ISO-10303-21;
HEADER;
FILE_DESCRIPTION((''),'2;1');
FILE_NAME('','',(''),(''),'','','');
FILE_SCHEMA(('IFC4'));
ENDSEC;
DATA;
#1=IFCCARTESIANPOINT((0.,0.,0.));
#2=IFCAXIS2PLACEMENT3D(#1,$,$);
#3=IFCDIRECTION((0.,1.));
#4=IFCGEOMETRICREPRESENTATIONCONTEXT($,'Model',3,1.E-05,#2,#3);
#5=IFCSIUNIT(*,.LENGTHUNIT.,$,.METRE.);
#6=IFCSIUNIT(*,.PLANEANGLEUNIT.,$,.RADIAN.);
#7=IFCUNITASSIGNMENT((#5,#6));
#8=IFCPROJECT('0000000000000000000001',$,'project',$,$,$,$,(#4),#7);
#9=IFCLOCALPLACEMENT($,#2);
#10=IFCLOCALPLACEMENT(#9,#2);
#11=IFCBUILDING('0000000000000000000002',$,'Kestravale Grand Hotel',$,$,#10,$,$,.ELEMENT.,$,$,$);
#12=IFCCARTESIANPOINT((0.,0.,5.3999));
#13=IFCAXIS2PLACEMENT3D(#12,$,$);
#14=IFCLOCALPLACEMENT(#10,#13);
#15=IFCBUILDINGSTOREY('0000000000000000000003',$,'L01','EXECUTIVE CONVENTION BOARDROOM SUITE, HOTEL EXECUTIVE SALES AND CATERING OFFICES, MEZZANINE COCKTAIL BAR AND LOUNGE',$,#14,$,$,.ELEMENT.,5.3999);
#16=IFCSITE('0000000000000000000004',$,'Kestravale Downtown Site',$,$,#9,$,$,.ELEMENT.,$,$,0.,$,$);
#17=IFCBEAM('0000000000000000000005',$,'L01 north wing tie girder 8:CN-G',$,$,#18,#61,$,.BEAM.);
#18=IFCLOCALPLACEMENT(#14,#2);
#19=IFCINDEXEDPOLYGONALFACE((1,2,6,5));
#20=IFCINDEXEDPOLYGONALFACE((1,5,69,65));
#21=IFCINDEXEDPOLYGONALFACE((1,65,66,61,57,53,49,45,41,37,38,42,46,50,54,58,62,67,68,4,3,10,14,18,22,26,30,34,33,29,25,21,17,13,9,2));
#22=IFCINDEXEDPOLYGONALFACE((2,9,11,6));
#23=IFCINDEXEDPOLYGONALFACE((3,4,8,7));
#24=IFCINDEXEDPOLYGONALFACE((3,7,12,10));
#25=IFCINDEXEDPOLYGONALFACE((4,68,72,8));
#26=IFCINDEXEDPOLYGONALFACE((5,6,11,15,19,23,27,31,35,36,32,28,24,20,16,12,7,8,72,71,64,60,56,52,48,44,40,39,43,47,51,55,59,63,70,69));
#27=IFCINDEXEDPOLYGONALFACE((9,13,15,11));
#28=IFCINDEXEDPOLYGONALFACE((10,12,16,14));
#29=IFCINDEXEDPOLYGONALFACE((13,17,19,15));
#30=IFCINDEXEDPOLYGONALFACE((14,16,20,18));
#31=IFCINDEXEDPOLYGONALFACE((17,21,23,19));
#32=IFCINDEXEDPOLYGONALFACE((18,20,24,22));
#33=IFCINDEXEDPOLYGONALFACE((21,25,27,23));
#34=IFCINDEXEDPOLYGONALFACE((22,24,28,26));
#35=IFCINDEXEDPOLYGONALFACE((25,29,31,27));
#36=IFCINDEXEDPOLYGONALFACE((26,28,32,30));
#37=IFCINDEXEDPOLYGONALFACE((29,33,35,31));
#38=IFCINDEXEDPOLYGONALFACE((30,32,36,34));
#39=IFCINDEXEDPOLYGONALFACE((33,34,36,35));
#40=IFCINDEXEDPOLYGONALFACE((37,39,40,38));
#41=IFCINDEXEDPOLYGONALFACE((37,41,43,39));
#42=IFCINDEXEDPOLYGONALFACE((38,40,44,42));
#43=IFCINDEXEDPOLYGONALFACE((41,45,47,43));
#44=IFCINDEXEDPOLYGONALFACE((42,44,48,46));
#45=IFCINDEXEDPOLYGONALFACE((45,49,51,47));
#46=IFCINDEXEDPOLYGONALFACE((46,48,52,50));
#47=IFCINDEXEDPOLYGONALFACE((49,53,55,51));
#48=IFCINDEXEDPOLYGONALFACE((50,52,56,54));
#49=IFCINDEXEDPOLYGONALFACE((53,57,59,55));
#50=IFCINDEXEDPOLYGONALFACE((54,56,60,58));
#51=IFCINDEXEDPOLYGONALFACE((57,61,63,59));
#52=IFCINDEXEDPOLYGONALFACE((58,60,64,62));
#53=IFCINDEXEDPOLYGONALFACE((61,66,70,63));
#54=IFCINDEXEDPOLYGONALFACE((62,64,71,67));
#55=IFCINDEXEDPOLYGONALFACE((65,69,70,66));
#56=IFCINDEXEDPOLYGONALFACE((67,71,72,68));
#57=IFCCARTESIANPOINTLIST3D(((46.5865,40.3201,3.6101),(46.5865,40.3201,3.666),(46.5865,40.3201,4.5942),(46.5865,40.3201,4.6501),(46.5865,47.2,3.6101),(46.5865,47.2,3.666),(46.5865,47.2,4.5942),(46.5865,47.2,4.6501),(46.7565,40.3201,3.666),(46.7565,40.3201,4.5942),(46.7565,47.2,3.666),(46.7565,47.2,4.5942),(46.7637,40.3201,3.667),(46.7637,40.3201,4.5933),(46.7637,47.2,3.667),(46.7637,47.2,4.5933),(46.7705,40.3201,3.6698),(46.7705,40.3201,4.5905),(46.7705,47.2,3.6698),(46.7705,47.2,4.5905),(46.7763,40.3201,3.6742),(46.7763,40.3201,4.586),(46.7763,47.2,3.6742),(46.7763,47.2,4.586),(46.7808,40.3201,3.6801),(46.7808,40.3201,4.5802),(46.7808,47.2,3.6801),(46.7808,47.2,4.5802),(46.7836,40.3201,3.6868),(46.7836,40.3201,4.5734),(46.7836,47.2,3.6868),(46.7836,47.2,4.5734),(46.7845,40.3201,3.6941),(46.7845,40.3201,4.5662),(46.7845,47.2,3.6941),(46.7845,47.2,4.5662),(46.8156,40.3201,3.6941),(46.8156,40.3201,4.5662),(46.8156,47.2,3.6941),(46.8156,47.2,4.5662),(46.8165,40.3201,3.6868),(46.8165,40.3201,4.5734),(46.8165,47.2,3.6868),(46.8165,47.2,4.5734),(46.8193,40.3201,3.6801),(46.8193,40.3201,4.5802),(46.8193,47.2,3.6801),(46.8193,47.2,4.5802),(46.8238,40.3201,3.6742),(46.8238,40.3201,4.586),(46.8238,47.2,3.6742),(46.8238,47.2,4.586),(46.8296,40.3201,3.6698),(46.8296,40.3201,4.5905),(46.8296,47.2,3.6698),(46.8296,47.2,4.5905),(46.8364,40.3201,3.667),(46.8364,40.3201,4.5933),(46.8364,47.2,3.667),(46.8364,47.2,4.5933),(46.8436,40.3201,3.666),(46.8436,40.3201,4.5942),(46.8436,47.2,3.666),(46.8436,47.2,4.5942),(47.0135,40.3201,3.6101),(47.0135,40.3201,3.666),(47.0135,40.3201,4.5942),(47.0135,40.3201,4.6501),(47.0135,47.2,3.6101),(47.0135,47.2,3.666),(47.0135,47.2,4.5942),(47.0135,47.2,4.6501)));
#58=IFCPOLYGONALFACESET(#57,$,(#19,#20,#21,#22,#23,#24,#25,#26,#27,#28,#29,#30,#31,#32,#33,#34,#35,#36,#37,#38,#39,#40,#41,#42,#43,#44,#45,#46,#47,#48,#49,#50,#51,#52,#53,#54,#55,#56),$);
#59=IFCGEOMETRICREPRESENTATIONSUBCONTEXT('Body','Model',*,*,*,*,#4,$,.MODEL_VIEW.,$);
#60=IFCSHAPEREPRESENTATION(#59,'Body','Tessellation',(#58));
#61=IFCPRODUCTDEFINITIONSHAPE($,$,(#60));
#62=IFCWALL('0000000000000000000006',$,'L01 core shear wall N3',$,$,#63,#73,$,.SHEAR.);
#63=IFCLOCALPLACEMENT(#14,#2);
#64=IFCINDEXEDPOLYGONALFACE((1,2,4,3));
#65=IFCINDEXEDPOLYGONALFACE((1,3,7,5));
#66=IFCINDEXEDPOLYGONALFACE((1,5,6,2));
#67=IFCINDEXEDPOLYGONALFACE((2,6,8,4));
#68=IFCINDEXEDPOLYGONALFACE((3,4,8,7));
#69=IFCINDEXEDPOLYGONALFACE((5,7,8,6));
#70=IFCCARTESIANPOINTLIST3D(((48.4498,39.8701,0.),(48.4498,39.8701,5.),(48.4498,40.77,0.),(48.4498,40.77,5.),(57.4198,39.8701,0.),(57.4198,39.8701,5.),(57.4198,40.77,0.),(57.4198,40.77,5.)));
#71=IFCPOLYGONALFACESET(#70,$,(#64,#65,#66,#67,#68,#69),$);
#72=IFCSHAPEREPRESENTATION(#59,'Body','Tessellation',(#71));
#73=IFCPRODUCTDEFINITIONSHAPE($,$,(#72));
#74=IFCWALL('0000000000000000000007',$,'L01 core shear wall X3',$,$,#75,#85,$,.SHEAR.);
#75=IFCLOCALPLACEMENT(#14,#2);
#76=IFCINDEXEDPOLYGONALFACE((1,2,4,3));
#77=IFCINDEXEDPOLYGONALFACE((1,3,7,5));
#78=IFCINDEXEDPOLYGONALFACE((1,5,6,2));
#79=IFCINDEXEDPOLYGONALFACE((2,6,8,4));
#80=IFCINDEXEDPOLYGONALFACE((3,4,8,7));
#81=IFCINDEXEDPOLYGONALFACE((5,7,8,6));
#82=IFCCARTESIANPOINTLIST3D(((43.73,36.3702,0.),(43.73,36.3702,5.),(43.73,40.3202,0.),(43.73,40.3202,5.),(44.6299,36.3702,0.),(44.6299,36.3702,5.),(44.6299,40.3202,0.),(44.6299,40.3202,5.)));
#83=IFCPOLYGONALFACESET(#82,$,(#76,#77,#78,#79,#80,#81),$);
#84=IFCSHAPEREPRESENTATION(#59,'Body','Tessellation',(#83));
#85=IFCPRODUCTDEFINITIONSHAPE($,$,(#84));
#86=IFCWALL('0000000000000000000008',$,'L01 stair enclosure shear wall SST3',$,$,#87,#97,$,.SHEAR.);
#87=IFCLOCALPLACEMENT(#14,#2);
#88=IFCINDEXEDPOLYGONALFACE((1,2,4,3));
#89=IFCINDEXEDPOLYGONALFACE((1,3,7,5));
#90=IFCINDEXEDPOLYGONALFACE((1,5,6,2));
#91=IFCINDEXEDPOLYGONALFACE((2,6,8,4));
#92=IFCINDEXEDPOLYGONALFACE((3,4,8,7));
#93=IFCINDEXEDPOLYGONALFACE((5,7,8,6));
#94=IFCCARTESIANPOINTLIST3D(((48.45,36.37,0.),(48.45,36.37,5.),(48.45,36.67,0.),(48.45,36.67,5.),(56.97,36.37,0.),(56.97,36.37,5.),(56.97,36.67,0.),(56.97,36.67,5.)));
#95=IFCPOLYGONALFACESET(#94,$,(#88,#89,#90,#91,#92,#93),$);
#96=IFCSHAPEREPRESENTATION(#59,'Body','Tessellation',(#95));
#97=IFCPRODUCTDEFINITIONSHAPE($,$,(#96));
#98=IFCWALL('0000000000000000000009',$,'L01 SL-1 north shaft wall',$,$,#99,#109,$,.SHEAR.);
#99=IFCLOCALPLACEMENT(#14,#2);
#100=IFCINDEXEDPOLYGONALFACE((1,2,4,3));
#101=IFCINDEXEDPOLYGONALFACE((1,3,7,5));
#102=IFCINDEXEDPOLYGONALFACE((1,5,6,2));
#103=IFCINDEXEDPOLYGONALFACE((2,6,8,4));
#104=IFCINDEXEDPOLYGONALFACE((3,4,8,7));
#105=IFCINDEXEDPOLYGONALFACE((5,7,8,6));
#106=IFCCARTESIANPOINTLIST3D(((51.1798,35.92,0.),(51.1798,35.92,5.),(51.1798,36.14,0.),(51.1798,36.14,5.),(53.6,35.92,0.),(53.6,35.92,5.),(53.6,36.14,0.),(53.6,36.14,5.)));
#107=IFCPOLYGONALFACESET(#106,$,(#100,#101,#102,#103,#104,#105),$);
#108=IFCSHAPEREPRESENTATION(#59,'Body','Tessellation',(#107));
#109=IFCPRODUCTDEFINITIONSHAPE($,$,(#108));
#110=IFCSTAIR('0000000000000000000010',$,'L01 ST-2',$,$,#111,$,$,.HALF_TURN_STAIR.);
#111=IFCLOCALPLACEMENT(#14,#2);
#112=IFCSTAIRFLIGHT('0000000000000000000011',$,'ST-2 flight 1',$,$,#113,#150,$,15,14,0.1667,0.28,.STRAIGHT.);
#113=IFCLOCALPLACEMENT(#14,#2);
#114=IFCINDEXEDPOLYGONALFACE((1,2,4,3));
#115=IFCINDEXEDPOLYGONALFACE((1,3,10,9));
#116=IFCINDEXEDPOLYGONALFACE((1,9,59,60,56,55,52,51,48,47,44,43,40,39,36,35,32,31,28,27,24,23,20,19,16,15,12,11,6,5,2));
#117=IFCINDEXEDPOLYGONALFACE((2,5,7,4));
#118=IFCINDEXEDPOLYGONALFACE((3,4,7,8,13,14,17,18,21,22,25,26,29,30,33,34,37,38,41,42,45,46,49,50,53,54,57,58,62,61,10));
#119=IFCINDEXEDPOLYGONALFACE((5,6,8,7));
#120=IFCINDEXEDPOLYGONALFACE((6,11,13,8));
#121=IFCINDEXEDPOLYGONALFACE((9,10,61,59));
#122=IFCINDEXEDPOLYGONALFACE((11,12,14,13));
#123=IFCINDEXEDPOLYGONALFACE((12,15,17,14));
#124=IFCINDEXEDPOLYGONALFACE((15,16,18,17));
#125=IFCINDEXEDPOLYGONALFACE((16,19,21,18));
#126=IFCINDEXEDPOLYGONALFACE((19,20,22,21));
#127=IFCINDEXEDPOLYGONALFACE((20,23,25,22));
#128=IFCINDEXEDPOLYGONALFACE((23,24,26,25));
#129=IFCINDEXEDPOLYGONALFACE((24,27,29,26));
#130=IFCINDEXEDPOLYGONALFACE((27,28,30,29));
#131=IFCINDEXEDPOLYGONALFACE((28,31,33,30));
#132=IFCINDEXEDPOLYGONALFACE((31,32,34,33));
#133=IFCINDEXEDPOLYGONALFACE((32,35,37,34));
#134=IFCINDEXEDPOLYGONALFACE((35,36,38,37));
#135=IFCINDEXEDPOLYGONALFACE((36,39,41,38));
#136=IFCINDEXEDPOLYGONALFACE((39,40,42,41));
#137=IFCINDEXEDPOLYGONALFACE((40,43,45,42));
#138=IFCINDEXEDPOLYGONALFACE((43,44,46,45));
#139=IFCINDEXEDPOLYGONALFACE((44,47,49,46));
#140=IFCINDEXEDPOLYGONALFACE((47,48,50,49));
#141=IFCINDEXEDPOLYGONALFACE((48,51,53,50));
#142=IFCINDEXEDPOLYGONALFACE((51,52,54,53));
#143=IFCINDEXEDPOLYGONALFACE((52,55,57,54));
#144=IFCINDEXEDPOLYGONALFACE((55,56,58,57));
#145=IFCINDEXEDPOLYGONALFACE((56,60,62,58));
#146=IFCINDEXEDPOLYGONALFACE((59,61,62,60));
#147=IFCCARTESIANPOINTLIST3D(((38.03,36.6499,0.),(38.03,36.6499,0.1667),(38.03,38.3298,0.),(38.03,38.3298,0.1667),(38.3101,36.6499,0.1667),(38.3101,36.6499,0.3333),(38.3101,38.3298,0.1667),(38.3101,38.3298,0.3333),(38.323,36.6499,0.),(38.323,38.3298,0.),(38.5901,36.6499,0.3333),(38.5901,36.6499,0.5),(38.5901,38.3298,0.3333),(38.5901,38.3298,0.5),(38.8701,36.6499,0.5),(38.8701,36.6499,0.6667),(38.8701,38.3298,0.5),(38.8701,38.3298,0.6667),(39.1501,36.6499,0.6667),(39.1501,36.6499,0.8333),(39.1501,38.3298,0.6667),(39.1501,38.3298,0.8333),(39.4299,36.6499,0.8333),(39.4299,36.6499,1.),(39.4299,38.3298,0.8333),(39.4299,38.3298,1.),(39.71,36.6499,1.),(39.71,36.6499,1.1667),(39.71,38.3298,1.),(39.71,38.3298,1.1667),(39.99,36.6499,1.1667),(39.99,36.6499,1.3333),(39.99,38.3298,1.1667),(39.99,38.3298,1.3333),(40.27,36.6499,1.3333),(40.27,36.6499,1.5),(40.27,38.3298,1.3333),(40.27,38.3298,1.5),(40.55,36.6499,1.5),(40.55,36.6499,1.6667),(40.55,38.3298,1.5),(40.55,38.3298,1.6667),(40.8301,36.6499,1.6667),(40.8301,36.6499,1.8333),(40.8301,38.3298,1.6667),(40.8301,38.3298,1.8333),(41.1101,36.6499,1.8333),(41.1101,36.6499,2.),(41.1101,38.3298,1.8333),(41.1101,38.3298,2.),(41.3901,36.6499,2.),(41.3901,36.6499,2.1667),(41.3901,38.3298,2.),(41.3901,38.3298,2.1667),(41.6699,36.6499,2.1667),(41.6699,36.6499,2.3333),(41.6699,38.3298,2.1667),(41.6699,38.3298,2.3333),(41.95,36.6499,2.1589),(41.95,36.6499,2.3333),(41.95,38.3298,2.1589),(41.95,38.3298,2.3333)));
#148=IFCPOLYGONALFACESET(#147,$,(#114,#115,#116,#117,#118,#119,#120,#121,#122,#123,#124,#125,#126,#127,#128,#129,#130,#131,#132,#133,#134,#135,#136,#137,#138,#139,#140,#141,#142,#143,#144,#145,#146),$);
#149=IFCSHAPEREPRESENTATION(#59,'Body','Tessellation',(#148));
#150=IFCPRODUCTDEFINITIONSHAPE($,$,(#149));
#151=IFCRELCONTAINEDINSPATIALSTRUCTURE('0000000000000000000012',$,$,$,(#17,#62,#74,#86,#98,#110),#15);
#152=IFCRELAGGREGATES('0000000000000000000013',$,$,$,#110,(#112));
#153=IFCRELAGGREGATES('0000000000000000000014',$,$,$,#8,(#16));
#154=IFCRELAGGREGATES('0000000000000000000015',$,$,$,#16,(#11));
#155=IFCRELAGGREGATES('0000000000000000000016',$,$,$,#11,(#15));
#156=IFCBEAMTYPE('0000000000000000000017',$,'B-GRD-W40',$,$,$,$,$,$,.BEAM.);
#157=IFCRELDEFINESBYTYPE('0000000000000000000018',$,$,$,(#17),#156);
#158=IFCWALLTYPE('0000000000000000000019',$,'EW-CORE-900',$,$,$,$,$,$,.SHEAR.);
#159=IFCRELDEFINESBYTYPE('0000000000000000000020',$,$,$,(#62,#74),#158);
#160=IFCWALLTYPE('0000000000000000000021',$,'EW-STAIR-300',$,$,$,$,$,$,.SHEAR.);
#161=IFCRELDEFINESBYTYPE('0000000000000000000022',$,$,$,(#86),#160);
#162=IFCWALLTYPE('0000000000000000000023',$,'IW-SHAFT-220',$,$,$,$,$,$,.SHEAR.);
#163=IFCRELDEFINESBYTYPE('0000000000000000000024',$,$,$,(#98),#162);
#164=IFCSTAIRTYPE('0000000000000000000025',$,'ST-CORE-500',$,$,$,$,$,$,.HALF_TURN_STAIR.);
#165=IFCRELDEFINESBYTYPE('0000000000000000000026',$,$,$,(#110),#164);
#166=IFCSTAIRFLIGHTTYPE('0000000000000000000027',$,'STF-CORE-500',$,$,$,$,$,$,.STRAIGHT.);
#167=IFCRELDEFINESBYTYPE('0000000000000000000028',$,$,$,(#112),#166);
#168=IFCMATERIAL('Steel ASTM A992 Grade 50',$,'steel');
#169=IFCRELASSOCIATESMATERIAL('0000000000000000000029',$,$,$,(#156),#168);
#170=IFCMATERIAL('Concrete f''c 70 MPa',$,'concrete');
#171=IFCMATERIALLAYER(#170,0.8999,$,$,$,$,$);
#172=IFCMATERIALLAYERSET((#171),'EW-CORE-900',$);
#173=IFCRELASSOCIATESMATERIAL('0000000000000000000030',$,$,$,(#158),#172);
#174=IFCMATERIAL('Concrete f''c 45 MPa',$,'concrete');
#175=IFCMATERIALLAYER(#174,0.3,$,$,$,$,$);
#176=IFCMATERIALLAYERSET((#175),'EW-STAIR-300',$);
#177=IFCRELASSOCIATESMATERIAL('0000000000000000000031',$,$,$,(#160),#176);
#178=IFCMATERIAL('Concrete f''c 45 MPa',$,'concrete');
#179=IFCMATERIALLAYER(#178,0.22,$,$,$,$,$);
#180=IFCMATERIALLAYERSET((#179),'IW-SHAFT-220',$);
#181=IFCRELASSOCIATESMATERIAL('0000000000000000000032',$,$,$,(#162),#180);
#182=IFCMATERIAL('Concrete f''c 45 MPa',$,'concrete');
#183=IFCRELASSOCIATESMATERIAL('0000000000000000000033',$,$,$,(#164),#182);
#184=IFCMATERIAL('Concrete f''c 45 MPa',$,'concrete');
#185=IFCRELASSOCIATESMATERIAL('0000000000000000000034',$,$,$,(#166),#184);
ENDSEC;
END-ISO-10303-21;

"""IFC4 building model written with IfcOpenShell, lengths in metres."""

from ifc_helpers import new_model, si_unit, direction, frame, frame_2d, origin, origin_2d, place, context, subcontext, project, spatial, polyline, rectangle, i_section, outline, extrude, material, layer, layer_set, material_profile, profile_set, type_object, element, aggregate, save


model = new_model("IFC4")

# Units and contexts
model_context = context("Model", 3, precision=1e-05, world=origin(), true_north=direction((0.0, 1.0)))
body_context = subcontext(model_context, "Body", "Model", "MODEL_VIEW")
ifc_project = project(units=[si_unit("LENGTHUNIT", "METRE"), si_unit("PLANEANGLEUNIT", "RADIAN")], contexts=[model_context])

# Site, building, storey
site_placement = place(None, origin())
site = spatial("IfcSite", under=ifc_project, at=site_placement, Name="Kestravale Downtown Site", CompositionType="ELEMENT", RefElevation=0.0)
building_placement = place(site_placement, origin())
building = spatial("IfcBuilding", under=site, at=building_placement, Name="Kestravale Grand Hotel", CompositionType="ELEMENT")
storey_placement = place(building_placement, frame((0.0, 0.0, 5.3999)))
storey = spatial("IfcBuildingStorey", under=building, at=storey_placement, Name="L01", Description="EXECUTIVE CONVENTION BOARDROOM SUITE, HOTEL EXECUTIVE SALES AND CATERING OFFICES, MEZZANINE COCKTAIL BAR AND LOUNGE", CompositionType="ELEMENT", Elevation=5.3999)

# Beam
ifc_material_1 = material(Name="Steel ASTM A992 Grade 50", Category="steel")
ifc_material_profile_1 = material_profile(ifc_material_1, i_section(OverallWidth=0.427, OverallDepth=1.04, WebThickness=0.031, FlangeThickness=0.0559, FilletRadius=0.0281, at=origin_2d()))
ifc_profile_set_1 = profile_set([ifc_material_profile_1], Name="Steel ASTM A992 Grade 50")
beam_type_1 = type_object("IfcBeamType", Name="B-GRD-W40", PredefinedType="BEAM", material=ifc_profile_set_1)
beam_1_placement = place(storey_placement, frame((46.8, 40.3201, 4.1301), z_axis=(0.0, 1.0, 0.0), x_axis=(-1.0, 0.0, 0.0)))
element("IfcBeam", 1, at=beam_1_placement, inside=storey, type_object=beam_type_1, Name="L01 north wing tie girder 8:CN-G", PredefinedType="BEAM", context=body_context, shape_type="SweptSolid", body=[
    extrude(i_section(OverallWidth=0.427, OverallDepth=1.04, WebThickness=0.031, FlangeThickness=0.0559, FilletRadius=0.0281, at=origin_2d()), origin(), (0.0, 0.0, 1.0), 6.8799),
])

# Walls
ifc_material_2 = material(Name="Concrete f'c 70 MPa", Category="concrete")
ifc_layer_1 = layer(ifc_material_2, 0.8999)
ifc_layer_set_1 = layer_set([ifc_layer_1], Name="EW-CORE-900")
wall_type_1 = type_object("IfcWallType", Name="EW-CORE-900", PredefinedType="SHEAR", material=ifc_layer_set_1)
wall_1_placement = place(storey_placement, frame((48.45, 40.3201, 0.0), z_axis=(0.0, 0.0, 1.0), x_axis=(1.0, 0.0, 0.0)))
element("IfcWall", 2, at=wall_1_placement, inside=storey, type_object=wall_type_1, Name="L01 core shear wall N3", PredefinedType="SHEAR", context=body_context, shape_type="SweptSolid", body=[
    extrude(rectangle(XDim=8.97, YDim=0.8999, at=frame_2d((4.4849, 0.0))), origin(), (0.0, 0.0, 1.0), 5.0),
])
wall_2_placement = place(storey_placement, frame((44.1799, 36.3701, 0.0), z_axis=(0.0, 0.0, 1.0), x_axis=(0.0, 1.0, 0.0)))
element("IfcWall", 3, at=wall_2_placement, inside=storey, type_object=wall_type_1, Name="L01 core shear wall X3", PredefinedType="SHEAR", context=body_context, shape_type="SweptSolid", body=[
    extrude(rectangle(XDim=3.95, YDim=0.8999, at=frame_2d((1.9751, 0.0))), origin(), (0.0, 0.0, 1.0), 5.0),
])
ifc_material_3 = material(Name="Concrete f'c 45 MPa", Category="concrete")
ifc_layer_2 = layer(ifc_material_3, 0.3)
ifc_layer_set_2 = layer_set([ifc_layer_2], Name="EW-STAIR-300")
wall_type_2 = type_object("IfcWallType", Name="EW-STAIR-300", PredefinedType="SHEAR", material=ifc_layer_set_2)
wall_3_placement = place(storey_placement, frame((48.45, 36.52, 0.0), z_axis=(0.0, 0.0, 1.0), x_axis=(1.0, 0.0, 0.0)))
element("IfcWall", 4, at=wall_3_placement, inside=storey, type_object=wall_type_2, Name="L01 stair enclosure shear wall SST3", PredefinedType="SHEAR", context=body_context, shape_type="SweptSolid", body=[
    extrude(rectangle(XDim=8.52, YDim=0.3, at=frame_2d((4.26, 0.0))), origin(), (0.0, 0.0, 1.0), 5.0),
])

# Wall
ifc_material_4 = material(Name="Concrete f'c 45 MPa", Category="concrete")
ifc_layer_3 = layer(ifc_material_4, 0.22)
ifc_layer_set_3 = layer_set([ifc_layer_3], Name="IW-SHAFT-220")
wall_type_3 = type_object("IfcWallType", Name="IW-SHAFT-220", PredefinedType="SHEAR", material=ifc_layer_set_3)
wall_4_placement = place(storey_placement, frame((51.1799, 36.03, 0.0), z_axis=(0.0, 0.0, 1.0), x_axis=(1.0, 0.0, 0.0)))
element("IfcWall", 5, at=wall_4_placement, inside=storey, type_object=wall_type_3, Name="L01 SL-1 north shaft wall", PredefinedType="SHEAR", context=body_context, shape_type="SweptSolid", body=[
    extrude(rectangle(XDim=2.4202, YDim=0.22, at=frame_2d((1.21, 0.0))), origin(), (0.0, 0.0, 1.0), 5.0),
])

# Stair, stair flight
ifc_material_5 = material(Name="Concrete f'c 45 MPa", Category="concrete")
stair_type = type_object("IfcStairType", Name="ST-CORE-500", PredefinedType="HALF_TURN_STAIR", material=ifc_material_5)
stair_1_placement = place(storey_placement, origin())
stair_1 = element("IfcStair", 6, at=stair_1_placement, inside=storey, type_object=stair_type, Name="L01 ST-2", PredefinedType="HALF_TURN_STAIR")
ifc_material_6 = material(Name="Concrete f'c 45 MPa", Category="concrete")
stair_flight_type = type_object("IfcStairFlightType", Name="STF-CORE-500", PredefinedType="STRAIGHT", material=ifc_material_6)
stair_flight_1_placement = place(storey_placement, frame((38.03, 37.49, 0.0), z_axis=(0.0, 0.0, 1.0), x_axis=(1.0, 0.0, 0.0)))
stair_flight_1 = element("IfcStairFlight", 7, at=stair_flight_1_placement, type_object=stair_flight_type, Name="ST-2 flight 1", NumberOfRisers=15, NumberOfTreads=14, PredefinedType="STRAIGHT", RiserHeight=0.1667, TreadLength=0.28, context=body_context, shape_type="SweptSolid", body=[
    extrude(outline(polyline([(0.0, 0.0), (0.0, 0.1667), (0.28, 0.1667), (0.28, 0.3333), (0.5601, 0.3333), (0.5601, 0.5), (0.8401, 0.5), (0.8401, 0.6667), (1.1201, 0.6667), (1.1201, 0.8333), (1.3999, 0.8333), (1.3999, 1.0), (1.6799, 1.0), (1.6799, 1.1667), (1.96, 1.1667), (1.96, 1.3333), (2.24, 1.3333), (2.24, 1.5), (2.52, 1.5), (2.52, 1.6667), (2.8, 1.6667), (2.8, 1.8333), (3.0801, 1.8333), (3.0801, 2.0), (3.3601, 2.0), (3.3601, 2.1667), (3.6399, 2.1667), (3.6399, 2.3333), (3.9199, 2.3333), (3.9199, 2.5), (3.9199, 2.1589), (0.293, 0.0), (0.0, 0.0)])), frame((0.0, 0.8398, 0.0), z_axis=(0.0, -1.0, 0.0), x_axis=(1.0, 0.0, 0.0)), (0.0, 0.0, 1.0), 1.6799),
])
aggregate(stair_1, [stair_flight_1])

save(model, "model.ifc")
